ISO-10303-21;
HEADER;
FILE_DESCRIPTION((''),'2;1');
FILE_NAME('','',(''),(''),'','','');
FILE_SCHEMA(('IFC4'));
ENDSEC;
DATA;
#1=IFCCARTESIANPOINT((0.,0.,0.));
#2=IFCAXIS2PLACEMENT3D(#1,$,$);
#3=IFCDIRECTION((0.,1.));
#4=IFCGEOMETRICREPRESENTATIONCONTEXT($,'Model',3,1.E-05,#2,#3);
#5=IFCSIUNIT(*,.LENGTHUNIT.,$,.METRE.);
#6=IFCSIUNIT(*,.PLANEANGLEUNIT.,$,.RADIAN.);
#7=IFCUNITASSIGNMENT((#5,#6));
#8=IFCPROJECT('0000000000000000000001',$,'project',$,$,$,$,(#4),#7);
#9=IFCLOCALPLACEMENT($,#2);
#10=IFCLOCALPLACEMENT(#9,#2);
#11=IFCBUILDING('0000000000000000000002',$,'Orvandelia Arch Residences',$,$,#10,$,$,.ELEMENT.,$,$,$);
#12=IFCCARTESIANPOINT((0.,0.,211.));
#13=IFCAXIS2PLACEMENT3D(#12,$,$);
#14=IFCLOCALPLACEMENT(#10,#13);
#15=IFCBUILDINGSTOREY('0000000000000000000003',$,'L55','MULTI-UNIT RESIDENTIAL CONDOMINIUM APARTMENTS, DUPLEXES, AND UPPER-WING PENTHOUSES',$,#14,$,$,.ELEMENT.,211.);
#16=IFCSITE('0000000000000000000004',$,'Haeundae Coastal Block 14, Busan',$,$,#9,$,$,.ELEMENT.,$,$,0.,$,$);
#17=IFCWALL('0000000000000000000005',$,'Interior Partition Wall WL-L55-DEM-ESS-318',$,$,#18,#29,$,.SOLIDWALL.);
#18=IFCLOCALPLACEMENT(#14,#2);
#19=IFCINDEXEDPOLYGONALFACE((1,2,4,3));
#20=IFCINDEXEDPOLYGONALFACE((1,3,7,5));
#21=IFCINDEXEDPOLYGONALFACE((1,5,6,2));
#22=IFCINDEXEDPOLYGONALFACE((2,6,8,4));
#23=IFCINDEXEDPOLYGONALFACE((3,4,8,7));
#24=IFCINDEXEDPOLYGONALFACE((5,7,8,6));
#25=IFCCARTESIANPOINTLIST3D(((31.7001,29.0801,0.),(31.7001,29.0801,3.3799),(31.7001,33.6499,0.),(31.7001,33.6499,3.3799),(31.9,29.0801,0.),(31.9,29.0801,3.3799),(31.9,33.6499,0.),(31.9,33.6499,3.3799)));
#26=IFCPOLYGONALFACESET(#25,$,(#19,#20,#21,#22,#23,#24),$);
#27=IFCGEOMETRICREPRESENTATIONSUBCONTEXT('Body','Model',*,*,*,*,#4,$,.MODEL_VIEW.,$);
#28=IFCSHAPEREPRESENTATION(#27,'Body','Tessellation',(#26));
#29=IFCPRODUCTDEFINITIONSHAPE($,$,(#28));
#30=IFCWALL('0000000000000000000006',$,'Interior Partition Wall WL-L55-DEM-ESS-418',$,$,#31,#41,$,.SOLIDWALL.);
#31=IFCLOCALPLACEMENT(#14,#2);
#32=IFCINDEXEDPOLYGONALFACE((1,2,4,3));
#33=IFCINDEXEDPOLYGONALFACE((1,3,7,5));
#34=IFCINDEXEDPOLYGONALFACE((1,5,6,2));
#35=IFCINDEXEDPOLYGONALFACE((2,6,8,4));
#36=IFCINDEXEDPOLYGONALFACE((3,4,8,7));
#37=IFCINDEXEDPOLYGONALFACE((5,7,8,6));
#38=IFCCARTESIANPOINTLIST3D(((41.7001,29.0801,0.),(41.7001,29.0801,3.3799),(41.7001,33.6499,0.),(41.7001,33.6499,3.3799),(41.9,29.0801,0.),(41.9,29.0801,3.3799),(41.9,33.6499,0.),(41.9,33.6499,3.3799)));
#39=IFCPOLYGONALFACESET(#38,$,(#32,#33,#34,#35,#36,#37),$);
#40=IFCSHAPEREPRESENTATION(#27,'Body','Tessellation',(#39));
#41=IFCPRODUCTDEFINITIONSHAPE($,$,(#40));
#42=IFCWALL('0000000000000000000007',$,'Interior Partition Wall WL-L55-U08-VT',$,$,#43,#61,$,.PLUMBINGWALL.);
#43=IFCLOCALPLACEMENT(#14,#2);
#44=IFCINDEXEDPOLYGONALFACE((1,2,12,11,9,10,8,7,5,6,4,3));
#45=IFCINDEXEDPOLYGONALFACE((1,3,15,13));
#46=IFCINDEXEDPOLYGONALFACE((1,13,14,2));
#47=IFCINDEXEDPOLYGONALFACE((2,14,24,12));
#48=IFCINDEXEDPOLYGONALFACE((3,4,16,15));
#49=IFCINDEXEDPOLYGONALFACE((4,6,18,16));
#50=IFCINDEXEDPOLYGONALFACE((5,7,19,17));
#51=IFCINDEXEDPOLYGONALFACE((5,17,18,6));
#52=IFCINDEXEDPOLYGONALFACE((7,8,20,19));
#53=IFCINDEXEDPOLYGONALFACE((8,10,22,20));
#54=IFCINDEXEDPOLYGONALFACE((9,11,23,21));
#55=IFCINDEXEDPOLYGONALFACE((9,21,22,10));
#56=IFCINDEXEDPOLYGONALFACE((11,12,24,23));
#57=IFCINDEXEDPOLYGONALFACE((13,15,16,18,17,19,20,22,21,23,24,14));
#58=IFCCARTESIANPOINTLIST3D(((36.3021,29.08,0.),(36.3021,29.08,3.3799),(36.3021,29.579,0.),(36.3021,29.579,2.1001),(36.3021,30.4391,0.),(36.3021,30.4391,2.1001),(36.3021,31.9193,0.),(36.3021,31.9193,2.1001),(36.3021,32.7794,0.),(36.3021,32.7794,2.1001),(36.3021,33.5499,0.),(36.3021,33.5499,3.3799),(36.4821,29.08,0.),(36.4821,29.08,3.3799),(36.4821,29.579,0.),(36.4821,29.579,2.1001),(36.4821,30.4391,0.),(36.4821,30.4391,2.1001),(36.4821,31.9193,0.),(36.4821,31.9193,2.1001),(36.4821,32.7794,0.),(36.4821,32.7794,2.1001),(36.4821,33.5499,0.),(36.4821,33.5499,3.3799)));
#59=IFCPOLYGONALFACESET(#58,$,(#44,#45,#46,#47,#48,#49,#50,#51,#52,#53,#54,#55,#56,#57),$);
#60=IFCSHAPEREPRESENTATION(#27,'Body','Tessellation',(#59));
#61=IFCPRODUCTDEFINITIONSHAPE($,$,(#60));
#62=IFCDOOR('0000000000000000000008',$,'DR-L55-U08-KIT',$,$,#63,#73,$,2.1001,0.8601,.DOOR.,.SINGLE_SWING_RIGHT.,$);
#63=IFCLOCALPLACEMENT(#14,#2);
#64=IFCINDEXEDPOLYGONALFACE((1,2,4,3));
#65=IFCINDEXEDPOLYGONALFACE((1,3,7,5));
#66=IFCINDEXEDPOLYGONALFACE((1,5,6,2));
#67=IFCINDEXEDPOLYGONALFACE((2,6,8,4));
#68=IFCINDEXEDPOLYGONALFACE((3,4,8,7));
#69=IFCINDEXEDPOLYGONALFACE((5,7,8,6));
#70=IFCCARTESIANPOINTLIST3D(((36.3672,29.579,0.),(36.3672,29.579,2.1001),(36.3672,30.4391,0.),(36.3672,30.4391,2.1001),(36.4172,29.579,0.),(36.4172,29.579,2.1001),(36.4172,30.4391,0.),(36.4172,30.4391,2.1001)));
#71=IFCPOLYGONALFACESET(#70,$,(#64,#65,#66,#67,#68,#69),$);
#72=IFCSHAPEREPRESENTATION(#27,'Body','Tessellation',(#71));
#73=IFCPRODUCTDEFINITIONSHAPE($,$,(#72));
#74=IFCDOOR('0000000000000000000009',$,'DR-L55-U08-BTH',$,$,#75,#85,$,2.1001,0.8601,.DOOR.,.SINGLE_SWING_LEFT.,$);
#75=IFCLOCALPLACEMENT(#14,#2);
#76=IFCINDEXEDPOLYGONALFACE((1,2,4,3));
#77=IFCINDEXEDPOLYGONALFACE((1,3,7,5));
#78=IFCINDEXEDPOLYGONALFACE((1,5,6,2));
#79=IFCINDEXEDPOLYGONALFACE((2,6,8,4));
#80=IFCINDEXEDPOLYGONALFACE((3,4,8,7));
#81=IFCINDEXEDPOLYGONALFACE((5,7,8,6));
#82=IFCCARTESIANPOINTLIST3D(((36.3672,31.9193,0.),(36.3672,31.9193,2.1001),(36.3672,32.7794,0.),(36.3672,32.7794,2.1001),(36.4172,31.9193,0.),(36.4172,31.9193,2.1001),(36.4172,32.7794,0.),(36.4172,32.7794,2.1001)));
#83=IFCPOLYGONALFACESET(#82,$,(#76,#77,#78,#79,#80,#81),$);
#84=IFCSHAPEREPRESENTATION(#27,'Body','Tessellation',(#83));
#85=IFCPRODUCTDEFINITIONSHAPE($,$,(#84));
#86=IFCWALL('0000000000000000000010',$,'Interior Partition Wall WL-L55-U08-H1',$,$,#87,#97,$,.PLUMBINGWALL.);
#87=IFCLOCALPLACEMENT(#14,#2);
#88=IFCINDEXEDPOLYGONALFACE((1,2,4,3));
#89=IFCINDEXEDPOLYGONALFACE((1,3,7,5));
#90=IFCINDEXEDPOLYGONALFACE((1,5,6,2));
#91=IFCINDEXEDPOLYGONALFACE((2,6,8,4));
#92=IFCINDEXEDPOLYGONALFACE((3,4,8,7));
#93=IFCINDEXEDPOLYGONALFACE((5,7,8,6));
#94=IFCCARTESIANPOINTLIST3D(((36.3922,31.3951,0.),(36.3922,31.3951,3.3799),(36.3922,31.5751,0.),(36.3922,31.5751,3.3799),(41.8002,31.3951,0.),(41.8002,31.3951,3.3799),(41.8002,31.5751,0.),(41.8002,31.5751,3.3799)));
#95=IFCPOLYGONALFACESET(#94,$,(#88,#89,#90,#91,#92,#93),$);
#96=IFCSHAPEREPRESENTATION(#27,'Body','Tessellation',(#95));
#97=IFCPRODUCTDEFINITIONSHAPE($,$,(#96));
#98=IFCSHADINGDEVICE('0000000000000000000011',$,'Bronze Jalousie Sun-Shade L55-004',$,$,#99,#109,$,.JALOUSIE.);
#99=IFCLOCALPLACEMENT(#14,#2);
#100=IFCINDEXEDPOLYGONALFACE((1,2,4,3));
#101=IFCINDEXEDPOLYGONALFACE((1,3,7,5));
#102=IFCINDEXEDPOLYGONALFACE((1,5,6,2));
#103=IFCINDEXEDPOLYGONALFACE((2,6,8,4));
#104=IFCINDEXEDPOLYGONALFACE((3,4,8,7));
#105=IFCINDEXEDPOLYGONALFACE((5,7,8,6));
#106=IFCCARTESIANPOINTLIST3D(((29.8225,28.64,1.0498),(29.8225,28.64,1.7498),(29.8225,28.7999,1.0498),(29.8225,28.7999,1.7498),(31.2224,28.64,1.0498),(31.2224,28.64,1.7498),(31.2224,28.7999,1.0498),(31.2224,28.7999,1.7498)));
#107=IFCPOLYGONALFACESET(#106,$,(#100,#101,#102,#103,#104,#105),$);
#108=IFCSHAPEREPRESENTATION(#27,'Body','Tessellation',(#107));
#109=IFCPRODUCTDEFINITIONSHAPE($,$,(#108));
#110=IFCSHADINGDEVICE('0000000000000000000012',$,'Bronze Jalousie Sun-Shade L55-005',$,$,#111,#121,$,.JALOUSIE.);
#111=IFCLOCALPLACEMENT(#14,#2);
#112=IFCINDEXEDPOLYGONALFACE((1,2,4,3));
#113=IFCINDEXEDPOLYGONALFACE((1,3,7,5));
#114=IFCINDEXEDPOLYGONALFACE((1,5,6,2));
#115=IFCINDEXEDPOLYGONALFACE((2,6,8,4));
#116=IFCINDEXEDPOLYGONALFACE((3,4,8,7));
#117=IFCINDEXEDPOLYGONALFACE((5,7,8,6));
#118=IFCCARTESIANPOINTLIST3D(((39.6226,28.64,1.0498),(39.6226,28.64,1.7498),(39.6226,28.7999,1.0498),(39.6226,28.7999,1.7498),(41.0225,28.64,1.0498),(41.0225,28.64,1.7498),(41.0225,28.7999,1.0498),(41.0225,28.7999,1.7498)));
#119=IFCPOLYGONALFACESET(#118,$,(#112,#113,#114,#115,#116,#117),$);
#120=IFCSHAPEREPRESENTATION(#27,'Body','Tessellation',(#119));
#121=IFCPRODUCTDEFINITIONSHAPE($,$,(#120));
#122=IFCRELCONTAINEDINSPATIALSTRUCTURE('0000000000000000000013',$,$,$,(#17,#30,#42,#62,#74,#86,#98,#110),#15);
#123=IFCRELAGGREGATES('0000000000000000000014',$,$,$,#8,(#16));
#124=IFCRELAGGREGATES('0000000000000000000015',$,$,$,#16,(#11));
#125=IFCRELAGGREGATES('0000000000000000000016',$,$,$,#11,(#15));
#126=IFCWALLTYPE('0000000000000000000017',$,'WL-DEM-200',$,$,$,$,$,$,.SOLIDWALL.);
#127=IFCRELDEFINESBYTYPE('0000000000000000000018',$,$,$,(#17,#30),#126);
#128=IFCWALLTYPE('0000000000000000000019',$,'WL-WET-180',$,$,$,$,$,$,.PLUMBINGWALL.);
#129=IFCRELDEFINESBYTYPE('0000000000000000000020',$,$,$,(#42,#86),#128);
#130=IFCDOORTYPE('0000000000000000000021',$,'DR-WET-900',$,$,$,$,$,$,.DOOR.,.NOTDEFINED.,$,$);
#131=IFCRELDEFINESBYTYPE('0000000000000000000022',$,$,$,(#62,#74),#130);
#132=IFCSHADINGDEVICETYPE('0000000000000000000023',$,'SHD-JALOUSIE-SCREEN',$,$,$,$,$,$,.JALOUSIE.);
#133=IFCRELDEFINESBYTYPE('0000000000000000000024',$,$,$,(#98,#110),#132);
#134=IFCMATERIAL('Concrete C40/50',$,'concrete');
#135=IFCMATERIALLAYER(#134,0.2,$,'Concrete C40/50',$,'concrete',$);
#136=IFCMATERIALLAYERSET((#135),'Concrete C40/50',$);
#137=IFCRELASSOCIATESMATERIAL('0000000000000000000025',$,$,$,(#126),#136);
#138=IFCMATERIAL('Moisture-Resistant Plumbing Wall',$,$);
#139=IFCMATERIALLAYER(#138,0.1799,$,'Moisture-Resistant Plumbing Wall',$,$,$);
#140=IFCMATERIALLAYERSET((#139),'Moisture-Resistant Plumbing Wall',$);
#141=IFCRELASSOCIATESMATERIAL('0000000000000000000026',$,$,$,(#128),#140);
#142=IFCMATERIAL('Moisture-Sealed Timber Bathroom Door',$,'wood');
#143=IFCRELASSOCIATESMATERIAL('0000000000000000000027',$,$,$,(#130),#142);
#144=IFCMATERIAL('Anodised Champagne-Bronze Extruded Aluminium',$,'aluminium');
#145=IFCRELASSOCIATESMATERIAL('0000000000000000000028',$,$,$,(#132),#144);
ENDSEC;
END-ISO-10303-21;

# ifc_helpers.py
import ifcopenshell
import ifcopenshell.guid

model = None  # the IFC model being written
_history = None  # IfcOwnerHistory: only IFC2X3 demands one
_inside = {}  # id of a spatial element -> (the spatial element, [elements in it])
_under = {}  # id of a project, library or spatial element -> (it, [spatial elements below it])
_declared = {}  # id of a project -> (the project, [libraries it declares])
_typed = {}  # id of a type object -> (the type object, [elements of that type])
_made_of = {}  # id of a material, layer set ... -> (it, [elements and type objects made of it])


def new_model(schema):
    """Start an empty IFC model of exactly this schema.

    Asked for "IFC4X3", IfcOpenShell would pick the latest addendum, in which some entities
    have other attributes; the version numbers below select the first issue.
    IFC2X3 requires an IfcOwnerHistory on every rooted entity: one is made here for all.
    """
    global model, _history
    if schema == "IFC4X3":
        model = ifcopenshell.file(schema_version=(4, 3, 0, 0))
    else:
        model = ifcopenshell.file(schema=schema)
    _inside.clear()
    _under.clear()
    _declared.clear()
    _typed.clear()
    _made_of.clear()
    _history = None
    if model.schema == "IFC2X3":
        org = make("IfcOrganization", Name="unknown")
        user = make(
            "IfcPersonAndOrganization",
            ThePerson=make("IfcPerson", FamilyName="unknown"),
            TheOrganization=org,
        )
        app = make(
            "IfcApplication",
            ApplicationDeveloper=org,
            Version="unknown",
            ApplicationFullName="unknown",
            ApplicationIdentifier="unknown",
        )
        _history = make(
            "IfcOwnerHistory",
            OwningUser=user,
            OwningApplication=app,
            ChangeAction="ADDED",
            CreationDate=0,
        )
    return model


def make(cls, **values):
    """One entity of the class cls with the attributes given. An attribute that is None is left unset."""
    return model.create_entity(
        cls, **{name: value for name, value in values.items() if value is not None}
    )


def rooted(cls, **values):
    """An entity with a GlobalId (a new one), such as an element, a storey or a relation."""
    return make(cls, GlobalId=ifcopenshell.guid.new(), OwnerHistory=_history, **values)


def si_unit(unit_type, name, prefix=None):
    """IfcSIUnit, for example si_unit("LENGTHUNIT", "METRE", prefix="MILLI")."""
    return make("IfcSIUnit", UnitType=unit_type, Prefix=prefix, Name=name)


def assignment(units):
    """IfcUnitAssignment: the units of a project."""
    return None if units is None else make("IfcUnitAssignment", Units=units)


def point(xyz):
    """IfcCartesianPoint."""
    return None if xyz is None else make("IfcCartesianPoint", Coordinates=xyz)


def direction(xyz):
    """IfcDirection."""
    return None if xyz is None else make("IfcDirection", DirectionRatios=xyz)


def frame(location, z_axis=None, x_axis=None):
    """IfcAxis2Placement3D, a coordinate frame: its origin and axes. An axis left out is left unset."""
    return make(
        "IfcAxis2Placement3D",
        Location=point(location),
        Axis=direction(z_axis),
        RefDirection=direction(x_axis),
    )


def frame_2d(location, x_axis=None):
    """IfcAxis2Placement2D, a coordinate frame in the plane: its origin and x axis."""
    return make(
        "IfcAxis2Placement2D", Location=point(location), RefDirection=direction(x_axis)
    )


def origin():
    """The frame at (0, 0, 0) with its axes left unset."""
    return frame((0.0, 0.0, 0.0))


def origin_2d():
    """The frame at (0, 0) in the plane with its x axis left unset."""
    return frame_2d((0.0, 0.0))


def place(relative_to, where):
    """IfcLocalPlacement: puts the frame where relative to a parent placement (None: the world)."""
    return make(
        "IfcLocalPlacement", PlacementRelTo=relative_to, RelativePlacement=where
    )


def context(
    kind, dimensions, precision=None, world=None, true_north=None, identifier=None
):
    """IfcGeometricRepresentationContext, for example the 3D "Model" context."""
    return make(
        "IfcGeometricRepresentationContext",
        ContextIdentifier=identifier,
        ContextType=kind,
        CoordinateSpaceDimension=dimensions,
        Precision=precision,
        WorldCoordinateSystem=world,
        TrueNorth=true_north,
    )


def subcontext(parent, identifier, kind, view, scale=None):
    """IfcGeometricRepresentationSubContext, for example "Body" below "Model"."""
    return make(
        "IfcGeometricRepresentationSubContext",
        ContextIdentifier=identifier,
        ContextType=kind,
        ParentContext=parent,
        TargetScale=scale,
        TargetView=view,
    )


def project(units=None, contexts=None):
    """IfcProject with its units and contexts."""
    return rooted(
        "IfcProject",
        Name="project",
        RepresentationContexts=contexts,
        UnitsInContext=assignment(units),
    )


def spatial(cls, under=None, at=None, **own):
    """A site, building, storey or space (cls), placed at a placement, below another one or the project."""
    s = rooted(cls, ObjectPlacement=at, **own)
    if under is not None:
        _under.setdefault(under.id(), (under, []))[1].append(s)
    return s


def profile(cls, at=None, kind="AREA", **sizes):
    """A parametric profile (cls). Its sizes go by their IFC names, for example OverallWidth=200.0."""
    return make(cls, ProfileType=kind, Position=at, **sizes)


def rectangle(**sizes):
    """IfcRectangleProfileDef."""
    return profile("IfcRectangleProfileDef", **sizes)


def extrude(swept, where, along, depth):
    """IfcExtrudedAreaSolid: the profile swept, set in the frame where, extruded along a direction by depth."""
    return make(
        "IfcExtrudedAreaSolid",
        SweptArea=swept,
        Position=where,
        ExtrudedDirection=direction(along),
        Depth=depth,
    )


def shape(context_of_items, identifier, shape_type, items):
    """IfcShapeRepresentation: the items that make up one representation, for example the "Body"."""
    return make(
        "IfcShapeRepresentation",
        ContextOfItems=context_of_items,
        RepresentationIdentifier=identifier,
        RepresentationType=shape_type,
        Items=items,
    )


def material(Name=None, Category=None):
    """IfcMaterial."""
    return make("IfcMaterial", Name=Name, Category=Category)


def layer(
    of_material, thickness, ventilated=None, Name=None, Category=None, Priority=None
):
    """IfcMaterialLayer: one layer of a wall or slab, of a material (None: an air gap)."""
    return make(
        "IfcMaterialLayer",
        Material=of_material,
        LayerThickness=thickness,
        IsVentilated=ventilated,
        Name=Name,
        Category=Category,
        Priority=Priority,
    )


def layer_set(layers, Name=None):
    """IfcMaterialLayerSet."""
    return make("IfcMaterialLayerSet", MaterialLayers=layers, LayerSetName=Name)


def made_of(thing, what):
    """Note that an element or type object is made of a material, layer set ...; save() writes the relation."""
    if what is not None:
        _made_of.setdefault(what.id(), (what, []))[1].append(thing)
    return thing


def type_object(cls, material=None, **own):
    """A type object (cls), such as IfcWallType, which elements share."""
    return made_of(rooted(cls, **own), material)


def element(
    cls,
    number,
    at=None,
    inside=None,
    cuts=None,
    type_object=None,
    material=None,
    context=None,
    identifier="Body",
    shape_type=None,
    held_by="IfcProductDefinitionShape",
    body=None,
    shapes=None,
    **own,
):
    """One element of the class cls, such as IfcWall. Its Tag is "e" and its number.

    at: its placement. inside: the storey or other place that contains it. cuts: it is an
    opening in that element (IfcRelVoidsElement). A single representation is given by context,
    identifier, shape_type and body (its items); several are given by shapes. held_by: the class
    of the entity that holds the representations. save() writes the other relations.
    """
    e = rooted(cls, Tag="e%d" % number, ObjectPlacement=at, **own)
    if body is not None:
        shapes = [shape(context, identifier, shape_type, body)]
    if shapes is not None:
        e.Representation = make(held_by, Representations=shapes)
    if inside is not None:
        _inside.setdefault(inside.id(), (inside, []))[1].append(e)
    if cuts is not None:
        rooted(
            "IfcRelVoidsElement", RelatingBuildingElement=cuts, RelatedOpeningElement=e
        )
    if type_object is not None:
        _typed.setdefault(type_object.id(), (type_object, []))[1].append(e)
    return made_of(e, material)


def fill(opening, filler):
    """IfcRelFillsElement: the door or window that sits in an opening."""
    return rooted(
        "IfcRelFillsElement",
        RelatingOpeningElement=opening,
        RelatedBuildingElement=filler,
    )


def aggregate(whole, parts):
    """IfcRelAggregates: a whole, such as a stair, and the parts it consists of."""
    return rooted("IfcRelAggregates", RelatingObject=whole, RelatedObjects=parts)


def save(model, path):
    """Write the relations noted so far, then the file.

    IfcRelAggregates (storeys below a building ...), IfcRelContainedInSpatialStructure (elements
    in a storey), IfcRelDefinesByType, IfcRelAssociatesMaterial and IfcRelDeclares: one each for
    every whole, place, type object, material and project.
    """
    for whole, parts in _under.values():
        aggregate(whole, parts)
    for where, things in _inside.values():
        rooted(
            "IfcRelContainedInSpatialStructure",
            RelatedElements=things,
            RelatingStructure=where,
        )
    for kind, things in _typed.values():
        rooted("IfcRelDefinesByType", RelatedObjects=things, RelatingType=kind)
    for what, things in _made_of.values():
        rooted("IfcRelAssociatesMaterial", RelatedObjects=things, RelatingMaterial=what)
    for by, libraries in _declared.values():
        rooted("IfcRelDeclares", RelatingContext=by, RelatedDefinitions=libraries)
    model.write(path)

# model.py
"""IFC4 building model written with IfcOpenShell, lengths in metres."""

from ifc_helpers import new_model, si_unit, direction, frame, frame_2d, origin, origin_2d, place, context, subcontext, project, spatial, rectangle, extrude, material, layer, layer_set, type_object, element, fill, save


model = new_model("IFC4")

# Units and contexts
model_context = context("Model", 3, precision=1e-05, world=origin(), true_north=direction((0.0, 1.0)))
body_context = subcontext(model_context, "Body", "Model", "MODEL_VIEW")
ifc_project = project(units=[si_unit("LENGTHUNIT", "METRE"), si_unit("PLANEANGLEUNIT", "RADIAN")], contexts=[model_context])

# Site, building, storey
site_placement = place(None, origin())
site = spatial("IfcSite", under=ifc_project, at=site_placement, Name="Haeundae Coastal Block 14, Busan", CompositionType="ELEMENT", RefElevation=0.0)
building_placement = place(site_placement, origin())
building = spatial("IfcBuilding", under=site, at=building_placement, Name="Orvandelia Arch Residences", CompositionType="ELEMENT")
storey_placement = place(building_placement, frame((0.0, 0.0, 211.0)))
storey = spatial("IfcBuildingStorey", under=building, at=storey_placement, Name="L55", Description="MULTI-UNIT RESIDENTIAL CONDOMINIUM APARTMENTS, DUPLEXES, AND UPPER-WING PENTHOUSES", CompositionType="ELEMENT", Elevation=211.0)

# Walls
ifc_material_1 = material(Name="Concrete C40/50", Category="concrete")
ifc_layer_1 = layer(ifc_material_1, 0.2, Name="Concrete C40/50", Category="concrete")
ifc_layer_set_1 = layer_set([ifc_layer_1], Name="Concrete C40/50")
wall_type_1 = type_object("IfcWallType", Name="WL-DEM-200", PredefinedType="SOLIDWALL", material=ifc_layer_set_1)
for number, where, z_axis, x_axis, name in (
    (1, (31.8, 29.0801, 0.0), (0.0, 0.0, 1.0), (0.0, 1.0, 0.0), "Interior Partition Wall WL-L55-DEM-ESS-318"),
    (2, (41.8, 29.0801, 0.0), (0.0, 0.0, 1.0), (0.0, 1.0, 0.0), "Interior Partition Wall WL-L55-DEM-ESS-418"),
):
    element("IfcWall", number, at=place(storey_placement, frame(where, z_axis=z_axis, x_axis=x_axis)), inside=storey, type_object=wall_type_1, Name=name, PredefinedType="SOLIDWALL", context=body_context, shape_type="SweptSolid", body=[
        extrude(rectangle(XDim=4.5698, YDim=0.2, at=frame_2d((2.2849, 0.0))), origin(), (0.0, 0.0, 1.0), 3.3799),
    ])

# Wall, openings, doors
ifc_material_2 = material(Name="Moisture-Resistant Plumbing Wall")
ifc_layer_2 = layer(ifc_material_2, 0.1799, Name="Moisture-Resistant Plumbing Wall")
ifc_layer_set_2 = layer_set([ifc_layer_2], Name="Moisture-Resistant Plumbing Wall")
wall_type_2 = type_object("IfcWallType", Name="WL-WET-180", PredefinedType="PLUMBINGWALL", material=ifc_layer_set_2)
wall_1_placement = place(storey_placement, frame((36.3921, 29.0801, 0.0), z_axis=(0.0, 0.0, 1.0), x_axis=(0.0, 1.0, 0.0)))
wall_1 = element("IfcWall", 3, at=wall_1_placement, inside=storey, type_object=wall_type_2, Name="Interior Partition Wall WL-L55-U08-VT", PredefinedType="PLUMBINGWALL", context=body_context, shape_type="SweptSolid", body=[
    extrude(rectangle(XDim=4.47, YDim=0.1799, at=frame_2d((2.2349, 0.0))), origin(), (0.0, 0.0, 1.0), 3.3799),
])
opening_1_placement = place(wall_1_placement, frame((0.4988, 0.0, 0.0)))
opening_1 = element("IfcOpeningElement", 4, at=opening_1_placement, cuts=wall_1, PredefinedType="OPENING", context=body_context, shape_type="SweptSolid", body=[
    extrude(rectangle(XDim=0.8601, YDim=2.1001, at=frame_2d((0.4302, 1.05))), frame((0.0, 0.1001, 0.0), z_axis=(0.0, -1.0, 0.0), x_axis=(1.0, 0.0, 0.0)), (0.0, 0.0, 1.0), 0.2),
])
opening_2_placement = place(wall_1_placement, frame((2.8391, 0.0, 0.0)))
opening_2 = element("IfcOpeningElement", 5, at=opening_2_placement, cuts=wall_1, PredefinedType="OPENING", context=body_context, shape_type="SweptSolid", body=[
    extrude(rectangle(XDim=0.8601, YDim=2.1001, at=frame_2d((0.4302, 1.05))), frame((0.0, 0.1001, 0.0), z_axis=(0.0, -1.0, 0.0), x_axis=(1.0, 0.0, 0.0)), (0.0, 0.0, 1.0), 0.2),
])
ifc_material_3 = material(Name="Moisture-Sealed Timber Bathroom Door", Category="wood")
door_type = type_object("IfcDoorType", Name="DR-WET-900", OperationType="NOTDEFINED", PredefinedType="DOOR", material=ifc_material_3)
door_1_placement = place(opening_1_placement, origin())
door_1 = element("IfcDoor", 6, at=door_1_placement, inside=storey, type_object=door_type, Name="DR-L55-U08-KIT", OperationType="SINGLE_SWING_RIGHT", OverallHeight=2.1001, OverallWidth=0.8601, PredefinedType="DOOR", context=body_context, shape_type="SweptSolid", body=[
    extrude(rectangle(XDim=0.8601, YDim=2.1001, at=frame_2d((0.4302, 1.05))), frame((0.0, 0.0249, 0.0), z_axis=(0.0, -1.0, 0.0), x_axis=(1.0, 0.0, 0.0)), (0.0, 0.0, 1.0), 0.05),
])
fill(opening_1, door_1)
door_2_placement = place(opening_2_placement, origin())
door_2 = element("IfcDoor", 7, at=door_2_placement, inside=storey, type_object=door_type, Name="DR-L55-U08-BTH", OperationType="SINGLE_SWING_LEFT", OverallHeight=2.1001, OverallWidth=0.8601, PredefinedType="DOOR", context=body_context, shape_type="SweptSolid", body=[
    extrude(rectangle(XDim=0.8601, YDim=2.1001, at=frame_2d((0.4302, 1.05))), frame((0.0, 0.0249, 0.0), z_axis=(0.0, -1.0, 0.0), x_axis=(1.0, 0.0, 0.0)), (0.0, 0.0, 1.0), 0.05),
])
fill(opening_2, door_2)

# Wall
wall_2_placement = place(storey_placement, frame((36.3921, 31.4851, 0.0), z_axis=(0.0, 0.0, 1.0), x_axis=(1.0, 0.0, 0.0)))
element("IfcWall", 8, at=wall_2_placement, inside=storey, type_object=wall_type_2, Name="Interior Partition Wall WL-L55-U08-H1", PredefinedType="PLUMBINGWALL", context=body_context, shape_type="SweptSolid", body=[
    extrude(rectangle(XDim=5.408, YDim=0.1799, at=frame_2d((2.7041, 0.0))), origin(), (0.0, 0.0, 1.0), 3.3799),
])

# Shading devices
ifc_material_4 = material(Name="Anodised Champagne-Bronze Extruded Aluminium", Category="aluminium")
shading_device_type = type_object("IfcShadingDeviceType", Name="SHD-JALOUSIE-SCREEN", PredefinedType="JALOUSIE", material=ifc_material_4)
for number, where, z_axis, x_axis, name in (
    (9, (30.5225, 28.72, 1.0498), (0.0, 0.0, 1.0), (-1.0, 0.0, 0.0), "Bronze Jalousie Sun-Shade L55-004"),
    (10, (40.3225, 28.72, 1.0498), (0.0, 0.0, 1.0), (-1.0, 0.0, 0.0), "Bronze Jalousie Sun-Shade L55-005"),
):
    element("IfcShadingDevice", number, at=place(storey_placement, frame(where, z_axis=z_axis, x_axis=x_axis)), inside=storey, type_object=shading_device_type, Name=name, PredefinedType="JALOUSIE", context=body_context, shape_type="SweptSolid", body=[
        extrude(rectangle(XDim=1.3999, YDim=0.1599, at=origin_2d()), origin(), (0.0, 0.0, 1.0), 0.7),
    ])

save(model, "model.ifc")
